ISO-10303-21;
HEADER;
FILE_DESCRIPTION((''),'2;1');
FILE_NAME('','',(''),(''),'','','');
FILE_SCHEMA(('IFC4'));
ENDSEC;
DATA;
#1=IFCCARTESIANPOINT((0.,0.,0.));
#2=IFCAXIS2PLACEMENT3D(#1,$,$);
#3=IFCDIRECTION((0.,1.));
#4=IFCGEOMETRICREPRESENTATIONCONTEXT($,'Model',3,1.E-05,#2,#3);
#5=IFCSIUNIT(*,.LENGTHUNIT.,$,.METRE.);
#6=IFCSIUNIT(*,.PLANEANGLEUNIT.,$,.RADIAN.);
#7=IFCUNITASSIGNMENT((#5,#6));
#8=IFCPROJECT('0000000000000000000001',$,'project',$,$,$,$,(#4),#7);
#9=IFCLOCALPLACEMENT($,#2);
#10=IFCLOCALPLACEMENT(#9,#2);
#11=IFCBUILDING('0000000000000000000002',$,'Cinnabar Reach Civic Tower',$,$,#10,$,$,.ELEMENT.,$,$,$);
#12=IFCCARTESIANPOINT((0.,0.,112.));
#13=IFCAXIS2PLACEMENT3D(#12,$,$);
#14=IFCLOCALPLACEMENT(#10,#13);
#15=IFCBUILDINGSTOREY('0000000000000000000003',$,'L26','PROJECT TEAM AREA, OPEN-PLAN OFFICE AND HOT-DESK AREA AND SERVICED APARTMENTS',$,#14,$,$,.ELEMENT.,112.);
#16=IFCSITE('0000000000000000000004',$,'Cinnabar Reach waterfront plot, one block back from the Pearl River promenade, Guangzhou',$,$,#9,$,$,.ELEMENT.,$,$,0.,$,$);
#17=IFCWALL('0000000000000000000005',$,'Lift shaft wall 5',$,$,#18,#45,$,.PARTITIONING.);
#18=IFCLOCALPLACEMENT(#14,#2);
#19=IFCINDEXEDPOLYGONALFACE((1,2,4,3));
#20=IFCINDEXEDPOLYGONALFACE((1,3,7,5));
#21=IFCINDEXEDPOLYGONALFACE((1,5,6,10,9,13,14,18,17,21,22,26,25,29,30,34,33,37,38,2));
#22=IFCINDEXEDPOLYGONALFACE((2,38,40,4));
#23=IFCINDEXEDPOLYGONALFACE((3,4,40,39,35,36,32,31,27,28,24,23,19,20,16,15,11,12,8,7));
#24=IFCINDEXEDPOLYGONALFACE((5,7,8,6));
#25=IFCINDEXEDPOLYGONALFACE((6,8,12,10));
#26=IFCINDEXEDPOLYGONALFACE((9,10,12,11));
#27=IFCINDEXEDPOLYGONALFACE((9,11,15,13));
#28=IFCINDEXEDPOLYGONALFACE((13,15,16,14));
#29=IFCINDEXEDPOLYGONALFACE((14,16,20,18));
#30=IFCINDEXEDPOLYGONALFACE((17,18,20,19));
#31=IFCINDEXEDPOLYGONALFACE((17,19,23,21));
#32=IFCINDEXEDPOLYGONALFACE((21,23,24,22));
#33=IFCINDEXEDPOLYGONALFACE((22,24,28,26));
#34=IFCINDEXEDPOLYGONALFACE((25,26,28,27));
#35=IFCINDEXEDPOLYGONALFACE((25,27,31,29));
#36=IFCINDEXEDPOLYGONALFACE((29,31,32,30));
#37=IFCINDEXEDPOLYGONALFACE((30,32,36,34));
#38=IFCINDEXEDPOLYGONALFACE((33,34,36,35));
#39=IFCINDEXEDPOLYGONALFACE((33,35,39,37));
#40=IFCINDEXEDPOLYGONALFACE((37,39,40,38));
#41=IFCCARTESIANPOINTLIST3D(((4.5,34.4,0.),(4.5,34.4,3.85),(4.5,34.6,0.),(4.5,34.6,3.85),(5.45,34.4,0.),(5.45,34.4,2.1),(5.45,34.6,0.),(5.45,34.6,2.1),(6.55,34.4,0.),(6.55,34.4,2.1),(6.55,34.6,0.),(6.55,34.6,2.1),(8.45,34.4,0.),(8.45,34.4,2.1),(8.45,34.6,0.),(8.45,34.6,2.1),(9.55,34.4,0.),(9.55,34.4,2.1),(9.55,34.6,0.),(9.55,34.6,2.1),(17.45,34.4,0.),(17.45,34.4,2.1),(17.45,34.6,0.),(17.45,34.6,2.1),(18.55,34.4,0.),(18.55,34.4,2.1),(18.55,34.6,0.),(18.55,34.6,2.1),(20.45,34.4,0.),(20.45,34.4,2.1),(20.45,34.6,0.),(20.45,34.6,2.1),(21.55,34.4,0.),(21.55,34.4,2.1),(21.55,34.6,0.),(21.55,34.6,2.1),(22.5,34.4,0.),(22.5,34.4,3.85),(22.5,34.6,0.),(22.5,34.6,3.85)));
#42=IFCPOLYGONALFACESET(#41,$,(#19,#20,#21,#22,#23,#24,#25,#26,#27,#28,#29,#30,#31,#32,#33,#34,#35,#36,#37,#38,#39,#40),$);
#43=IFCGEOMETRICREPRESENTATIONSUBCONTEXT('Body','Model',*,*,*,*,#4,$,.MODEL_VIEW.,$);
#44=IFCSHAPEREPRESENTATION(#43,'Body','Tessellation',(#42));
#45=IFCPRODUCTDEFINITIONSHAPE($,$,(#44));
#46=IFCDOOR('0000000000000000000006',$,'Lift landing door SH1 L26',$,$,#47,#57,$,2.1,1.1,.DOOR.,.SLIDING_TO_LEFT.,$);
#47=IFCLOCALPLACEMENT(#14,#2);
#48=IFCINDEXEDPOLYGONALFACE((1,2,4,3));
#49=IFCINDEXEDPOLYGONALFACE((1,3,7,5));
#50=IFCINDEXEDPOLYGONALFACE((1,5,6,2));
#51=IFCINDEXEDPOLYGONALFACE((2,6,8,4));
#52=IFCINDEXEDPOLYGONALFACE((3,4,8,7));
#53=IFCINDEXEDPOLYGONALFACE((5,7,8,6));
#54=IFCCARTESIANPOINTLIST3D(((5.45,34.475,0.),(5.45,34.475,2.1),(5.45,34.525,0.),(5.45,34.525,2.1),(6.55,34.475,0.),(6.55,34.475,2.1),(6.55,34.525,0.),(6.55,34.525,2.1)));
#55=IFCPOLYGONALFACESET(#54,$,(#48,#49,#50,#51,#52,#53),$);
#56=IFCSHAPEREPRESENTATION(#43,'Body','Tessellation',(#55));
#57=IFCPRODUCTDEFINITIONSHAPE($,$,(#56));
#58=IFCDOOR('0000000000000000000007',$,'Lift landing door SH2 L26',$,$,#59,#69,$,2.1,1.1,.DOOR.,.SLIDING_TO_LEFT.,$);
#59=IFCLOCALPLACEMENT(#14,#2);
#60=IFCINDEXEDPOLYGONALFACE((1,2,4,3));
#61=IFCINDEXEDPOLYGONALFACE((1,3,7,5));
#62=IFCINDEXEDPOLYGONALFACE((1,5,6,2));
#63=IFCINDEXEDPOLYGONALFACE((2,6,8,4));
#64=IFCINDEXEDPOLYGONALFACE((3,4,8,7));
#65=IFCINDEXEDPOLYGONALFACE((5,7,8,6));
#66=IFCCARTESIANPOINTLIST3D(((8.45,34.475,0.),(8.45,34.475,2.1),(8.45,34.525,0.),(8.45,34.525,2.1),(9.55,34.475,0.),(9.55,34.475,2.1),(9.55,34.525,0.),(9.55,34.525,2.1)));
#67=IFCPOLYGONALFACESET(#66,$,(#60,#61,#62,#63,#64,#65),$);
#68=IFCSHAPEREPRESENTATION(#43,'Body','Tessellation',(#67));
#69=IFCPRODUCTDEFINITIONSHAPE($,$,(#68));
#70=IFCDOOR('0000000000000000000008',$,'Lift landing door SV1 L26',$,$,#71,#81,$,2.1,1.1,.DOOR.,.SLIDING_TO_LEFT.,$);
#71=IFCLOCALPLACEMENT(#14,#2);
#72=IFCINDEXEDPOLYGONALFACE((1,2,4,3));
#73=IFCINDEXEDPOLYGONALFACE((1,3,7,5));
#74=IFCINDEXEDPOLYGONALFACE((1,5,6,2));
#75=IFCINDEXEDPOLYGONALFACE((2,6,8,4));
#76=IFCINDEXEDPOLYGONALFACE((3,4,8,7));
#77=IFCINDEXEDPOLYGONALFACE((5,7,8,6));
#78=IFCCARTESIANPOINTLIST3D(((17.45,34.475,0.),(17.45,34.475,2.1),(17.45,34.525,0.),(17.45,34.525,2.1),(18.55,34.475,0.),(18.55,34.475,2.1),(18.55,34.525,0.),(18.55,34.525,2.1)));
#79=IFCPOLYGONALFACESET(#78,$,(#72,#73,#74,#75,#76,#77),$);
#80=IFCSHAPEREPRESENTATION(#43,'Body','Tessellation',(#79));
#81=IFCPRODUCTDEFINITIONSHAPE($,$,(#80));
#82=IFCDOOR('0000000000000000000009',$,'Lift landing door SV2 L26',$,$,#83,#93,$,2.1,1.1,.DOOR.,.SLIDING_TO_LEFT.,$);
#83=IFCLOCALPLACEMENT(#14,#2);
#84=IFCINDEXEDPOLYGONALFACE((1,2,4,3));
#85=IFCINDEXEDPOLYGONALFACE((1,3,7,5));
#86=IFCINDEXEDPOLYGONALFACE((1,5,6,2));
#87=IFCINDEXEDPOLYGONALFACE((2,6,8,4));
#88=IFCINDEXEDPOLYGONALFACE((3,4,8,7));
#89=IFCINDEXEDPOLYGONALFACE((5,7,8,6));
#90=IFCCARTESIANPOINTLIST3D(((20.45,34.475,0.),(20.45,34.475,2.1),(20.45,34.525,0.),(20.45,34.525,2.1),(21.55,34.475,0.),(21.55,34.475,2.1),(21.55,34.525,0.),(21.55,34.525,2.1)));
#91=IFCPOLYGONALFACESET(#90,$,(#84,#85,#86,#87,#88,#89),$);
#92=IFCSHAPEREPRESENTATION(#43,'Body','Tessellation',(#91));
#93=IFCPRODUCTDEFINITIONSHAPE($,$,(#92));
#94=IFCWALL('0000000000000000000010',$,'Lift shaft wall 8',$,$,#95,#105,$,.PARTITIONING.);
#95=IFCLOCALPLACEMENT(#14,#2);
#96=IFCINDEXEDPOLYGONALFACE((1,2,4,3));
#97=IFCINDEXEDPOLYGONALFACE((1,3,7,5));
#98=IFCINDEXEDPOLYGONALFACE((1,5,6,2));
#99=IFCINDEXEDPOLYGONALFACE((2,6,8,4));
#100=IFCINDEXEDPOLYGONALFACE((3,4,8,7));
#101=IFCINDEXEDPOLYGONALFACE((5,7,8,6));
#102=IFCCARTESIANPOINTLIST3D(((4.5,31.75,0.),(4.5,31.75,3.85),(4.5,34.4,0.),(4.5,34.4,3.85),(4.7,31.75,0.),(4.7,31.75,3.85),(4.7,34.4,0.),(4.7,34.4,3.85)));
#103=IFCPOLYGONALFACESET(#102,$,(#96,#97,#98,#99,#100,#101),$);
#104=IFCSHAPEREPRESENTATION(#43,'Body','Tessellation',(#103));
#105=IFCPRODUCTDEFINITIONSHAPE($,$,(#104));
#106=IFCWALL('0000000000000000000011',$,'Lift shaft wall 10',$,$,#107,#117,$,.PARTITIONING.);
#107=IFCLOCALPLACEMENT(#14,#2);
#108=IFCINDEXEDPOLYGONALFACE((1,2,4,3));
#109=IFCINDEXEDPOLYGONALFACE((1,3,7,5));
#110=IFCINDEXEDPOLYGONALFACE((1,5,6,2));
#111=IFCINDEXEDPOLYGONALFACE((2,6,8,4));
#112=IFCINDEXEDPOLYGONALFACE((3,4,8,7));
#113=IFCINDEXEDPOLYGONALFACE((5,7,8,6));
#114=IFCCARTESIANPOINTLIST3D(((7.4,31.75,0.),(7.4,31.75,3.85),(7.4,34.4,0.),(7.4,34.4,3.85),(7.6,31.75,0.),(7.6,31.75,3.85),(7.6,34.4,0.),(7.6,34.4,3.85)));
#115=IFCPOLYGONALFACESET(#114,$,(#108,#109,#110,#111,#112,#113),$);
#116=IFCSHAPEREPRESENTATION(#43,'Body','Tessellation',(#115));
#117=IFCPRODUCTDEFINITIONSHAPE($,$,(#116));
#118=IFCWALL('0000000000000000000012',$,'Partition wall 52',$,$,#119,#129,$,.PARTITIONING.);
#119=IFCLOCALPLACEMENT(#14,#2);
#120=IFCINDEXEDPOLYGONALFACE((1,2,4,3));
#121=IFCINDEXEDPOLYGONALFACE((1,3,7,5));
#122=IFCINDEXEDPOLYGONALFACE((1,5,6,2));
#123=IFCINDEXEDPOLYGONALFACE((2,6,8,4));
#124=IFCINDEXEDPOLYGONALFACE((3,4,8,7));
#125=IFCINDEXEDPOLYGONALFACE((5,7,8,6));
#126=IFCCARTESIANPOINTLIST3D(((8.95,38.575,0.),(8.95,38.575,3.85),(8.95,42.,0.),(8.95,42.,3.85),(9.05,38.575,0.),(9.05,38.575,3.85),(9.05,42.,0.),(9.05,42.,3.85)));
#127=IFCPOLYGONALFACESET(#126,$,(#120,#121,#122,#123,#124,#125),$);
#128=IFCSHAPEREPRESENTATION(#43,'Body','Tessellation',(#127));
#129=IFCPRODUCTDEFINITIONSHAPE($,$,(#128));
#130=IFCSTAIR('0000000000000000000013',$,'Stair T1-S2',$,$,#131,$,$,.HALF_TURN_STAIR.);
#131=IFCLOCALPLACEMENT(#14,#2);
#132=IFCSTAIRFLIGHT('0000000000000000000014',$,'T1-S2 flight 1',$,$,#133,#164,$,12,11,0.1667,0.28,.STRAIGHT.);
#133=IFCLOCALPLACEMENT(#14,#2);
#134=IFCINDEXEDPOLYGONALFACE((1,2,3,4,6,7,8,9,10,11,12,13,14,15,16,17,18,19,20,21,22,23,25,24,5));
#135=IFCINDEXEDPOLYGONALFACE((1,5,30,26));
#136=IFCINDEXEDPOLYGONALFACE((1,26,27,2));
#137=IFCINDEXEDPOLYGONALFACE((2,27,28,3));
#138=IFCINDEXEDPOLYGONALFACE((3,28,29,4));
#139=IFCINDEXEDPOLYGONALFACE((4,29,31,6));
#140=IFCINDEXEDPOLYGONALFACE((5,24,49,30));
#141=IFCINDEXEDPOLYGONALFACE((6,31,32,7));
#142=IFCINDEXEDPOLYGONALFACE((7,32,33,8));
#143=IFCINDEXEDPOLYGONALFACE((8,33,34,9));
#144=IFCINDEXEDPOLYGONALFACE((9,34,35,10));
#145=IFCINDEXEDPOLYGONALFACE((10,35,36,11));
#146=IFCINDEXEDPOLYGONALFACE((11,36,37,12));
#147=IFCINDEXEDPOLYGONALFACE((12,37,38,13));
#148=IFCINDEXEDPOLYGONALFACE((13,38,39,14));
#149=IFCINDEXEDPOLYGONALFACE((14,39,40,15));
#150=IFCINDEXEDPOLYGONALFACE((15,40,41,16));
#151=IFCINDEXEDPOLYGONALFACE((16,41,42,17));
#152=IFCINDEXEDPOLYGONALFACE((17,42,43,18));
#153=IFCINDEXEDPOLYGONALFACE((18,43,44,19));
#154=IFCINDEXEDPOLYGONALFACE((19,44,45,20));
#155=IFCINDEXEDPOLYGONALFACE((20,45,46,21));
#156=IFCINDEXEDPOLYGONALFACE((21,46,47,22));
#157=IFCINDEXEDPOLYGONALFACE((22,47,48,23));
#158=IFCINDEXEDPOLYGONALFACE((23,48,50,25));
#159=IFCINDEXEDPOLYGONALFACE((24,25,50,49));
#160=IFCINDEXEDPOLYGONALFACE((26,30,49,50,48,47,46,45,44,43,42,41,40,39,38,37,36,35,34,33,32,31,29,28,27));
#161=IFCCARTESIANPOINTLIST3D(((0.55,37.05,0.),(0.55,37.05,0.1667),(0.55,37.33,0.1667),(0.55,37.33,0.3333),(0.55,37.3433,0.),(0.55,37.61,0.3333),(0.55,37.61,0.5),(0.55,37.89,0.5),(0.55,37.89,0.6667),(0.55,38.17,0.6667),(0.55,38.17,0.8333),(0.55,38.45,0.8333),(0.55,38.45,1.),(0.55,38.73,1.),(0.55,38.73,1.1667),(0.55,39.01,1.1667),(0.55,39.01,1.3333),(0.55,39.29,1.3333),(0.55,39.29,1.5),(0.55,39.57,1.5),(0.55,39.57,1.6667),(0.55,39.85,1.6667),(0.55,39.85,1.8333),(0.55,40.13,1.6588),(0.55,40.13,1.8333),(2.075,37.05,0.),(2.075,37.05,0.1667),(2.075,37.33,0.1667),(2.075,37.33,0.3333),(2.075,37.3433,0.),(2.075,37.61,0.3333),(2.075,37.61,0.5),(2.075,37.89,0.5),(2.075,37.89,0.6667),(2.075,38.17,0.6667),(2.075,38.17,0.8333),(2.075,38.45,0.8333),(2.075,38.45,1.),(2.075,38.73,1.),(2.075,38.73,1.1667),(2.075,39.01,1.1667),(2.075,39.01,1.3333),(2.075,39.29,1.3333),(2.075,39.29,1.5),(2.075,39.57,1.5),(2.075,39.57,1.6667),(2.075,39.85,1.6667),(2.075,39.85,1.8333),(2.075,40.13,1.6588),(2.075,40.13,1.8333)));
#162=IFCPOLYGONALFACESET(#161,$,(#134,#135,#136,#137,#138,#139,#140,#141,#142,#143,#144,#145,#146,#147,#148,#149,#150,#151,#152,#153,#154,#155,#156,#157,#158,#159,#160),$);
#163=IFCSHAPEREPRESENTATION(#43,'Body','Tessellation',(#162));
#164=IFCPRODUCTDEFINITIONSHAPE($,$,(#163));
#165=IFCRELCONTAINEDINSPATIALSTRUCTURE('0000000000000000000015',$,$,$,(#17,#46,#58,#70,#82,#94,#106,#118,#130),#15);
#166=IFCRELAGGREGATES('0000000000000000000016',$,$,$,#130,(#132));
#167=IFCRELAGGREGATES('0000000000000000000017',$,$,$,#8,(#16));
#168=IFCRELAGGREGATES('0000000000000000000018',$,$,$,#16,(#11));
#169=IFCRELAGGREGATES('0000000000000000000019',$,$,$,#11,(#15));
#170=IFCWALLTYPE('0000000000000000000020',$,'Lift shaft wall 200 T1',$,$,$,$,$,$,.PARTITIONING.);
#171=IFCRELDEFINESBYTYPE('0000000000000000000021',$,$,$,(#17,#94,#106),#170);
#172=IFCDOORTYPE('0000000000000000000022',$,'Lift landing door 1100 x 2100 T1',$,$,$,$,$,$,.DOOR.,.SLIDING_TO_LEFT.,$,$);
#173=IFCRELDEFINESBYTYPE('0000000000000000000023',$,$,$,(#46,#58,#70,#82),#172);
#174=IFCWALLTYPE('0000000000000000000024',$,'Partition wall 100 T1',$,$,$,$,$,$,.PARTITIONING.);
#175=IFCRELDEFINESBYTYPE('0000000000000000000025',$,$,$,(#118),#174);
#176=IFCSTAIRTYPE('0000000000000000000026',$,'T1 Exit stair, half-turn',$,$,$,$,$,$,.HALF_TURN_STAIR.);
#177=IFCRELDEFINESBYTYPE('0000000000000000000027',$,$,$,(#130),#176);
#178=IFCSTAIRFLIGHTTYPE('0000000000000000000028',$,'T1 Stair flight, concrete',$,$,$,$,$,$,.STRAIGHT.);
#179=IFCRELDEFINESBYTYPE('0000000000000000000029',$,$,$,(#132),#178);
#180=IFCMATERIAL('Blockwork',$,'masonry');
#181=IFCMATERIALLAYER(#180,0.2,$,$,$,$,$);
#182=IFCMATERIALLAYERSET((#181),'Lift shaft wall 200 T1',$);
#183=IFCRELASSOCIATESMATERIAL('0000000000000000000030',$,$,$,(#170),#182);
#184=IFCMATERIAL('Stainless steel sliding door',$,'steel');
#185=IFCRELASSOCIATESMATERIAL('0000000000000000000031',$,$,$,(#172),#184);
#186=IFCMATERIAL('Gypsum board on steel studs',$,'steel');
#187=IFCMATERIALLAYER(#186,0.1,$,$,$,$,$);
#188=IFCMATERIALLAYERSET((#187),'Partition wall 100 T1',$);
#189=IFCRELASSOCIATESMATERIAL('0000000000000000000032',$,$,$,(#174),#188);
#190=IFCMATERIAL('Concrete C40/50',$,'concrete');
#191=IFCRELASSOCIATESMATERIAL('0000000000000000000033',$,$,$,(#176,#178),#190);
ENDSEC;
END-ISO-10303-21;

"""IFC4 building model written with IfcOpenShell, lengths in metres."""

from ifc_helpers import new_model, si_unit, direction, frame, frame_2d, origin, place, context, subcontext, project, spatial, polyline, rectangle, outline, extrude, material, layer, layer_set, type_object, element, fill, aggregate, save


model = new_model("IFC4")

# Units and contexts
model_context = context("Model", 3, precision=1e-05, world=origin(), true_north=direction((0.0, 1.0)))
body_context = subcontext(model_context, "Body", "Model", "MODEL_VIEW")
ifc_project = project(units=[si_unit("LENGTHUNIT", "METRE"), si_unit("PLANEANGLEUNIT", "RADIAN")], contexts=[model_context])

# Site, building, storey
site_placement = place(None, origin())
site = spatial("IfcSite", under=ifc_project, at=site_placement, Name="Cinnabar Reach waterfront plot, one block back from the Pearl River promenade, Guangzhou", CompositionType="ELEMENT", RefElevation=0.0)
building_placement = place(site_placement, origin())
building = spatial("IfcBuilding", under=site, at=building_placement, Name="Cinnabar Reach Civic Tower", CompositionType="ELEMENT")
storey_placement = place(building_placement, frame((0.0, 0.0, 112.0)))
storey = spatial("IfcBuildingStorey", under=building, at=storey_placement, Name="L26", Description="PROJECT TEAM AREA, OPEN-PLAN OFFICE AND HOT-DESK AREA AND SERVICED APARTMENTS", CompositionType="ELEMENT", Elevation=112.0)

# Wall, openings, doors
ifc_material_1 = material(Name="Blockwork", Category="masonry")
ifc_layer_1 = layer(ifc_material_1, 0.2)
ifc_layer_set_1 = layer_set([ifc_layer_1], Name="Lift shaft wall 200 T1")
wall_type_1 = type_object("IfcWallType", Name="Lift shaft wall 200 T1", PredefinedType="PARTITIONING", material=ifc_layer_set_1)
wall_1_placement = place(storey_placement, frame((4.5, 34.5, 0.0), z_axis=(0.0, 0.0, 1.0), x_axis=(1.0, 0.0, 0.0)))
wall_1 = element("IfcWall", 1, at=wall_1_placement, inside=storey, type_object=wall_type_1, Name="Lift shaft wall 5", PredefinedType="PARTITIONING", context=body_context, shape_type="SweptSolid", body=[
    extrude(rectangle(XDim=18.0, YDim=0.2, at=frame_2d((9.0, 0.0))), origin(), (0.0, 0.0, 1.0), 3.85),
])
opening_1_placement = place(wall_1_placement, frame((0.95, 0.0, 0.0)))
opening_1 = element("IfcOpeningElement", 2, at=opening_1_placement, cuts=wall_1, PredefinedType="OPENING", context=body_context, shape_type="SweptSolid", body=[
    extrude(rectangle(XDim=1.1, YDim=2.1, at=frame_2d((0.55, 1.05))), frame((0.0, 0.11, 0.0), z_axis=(0.0, -1.0, 0.0), x_axis=(1.0, 0.0, 0.0)), (0.0, 0.0, 1.0), 0.22),
])
opening_2_placement = place(wall_1_placement, frame((3.95, 0.0, 0.0)))
opening_2 = element("IfcOpeningElement", 3, at=opening_2_placement, cuts=wall_1, PredefinedType="OPENING", context=body_context, shape_type="SweptSolid", body=[
    extrude(rectangle(XDim=1.1, YDim=2.1, at=frame_2d((0.55, 1.05))), frame((0.0, 0.11, 0.0), z_axis=(0.0, -1.0, 0.0), x_axis=(1.0, 0.0, 0.0)), (0.0, 0.0, 1.0), 0.22),
])
opening_3_placement = place(wall_1_placement, frame((12.95, 0.0, 0.0)))
opening_3 = element("IfcOpeningElement", 4, at=opening_3_placement, cuts=wall_1, PredefinedType="OPENING", context=body_context, shape_type="SweptSolid", body=[
    extrude(rectangle(XDim=1.1, YDim=2.1, at=frame_2d((0.55, 1.05))), frame((0.0, 0.11, 0.0), z_axis=(0.0, -1.0, 0.0), x_axis=(1.0, 0.0, 0.0)), (0.0, 0.0, 1.0), 0.22),
])
opening_4_placement = place(wall_1_placement, frame((15.95, 0.0, 0.0)))
opening_4 = element("IfcOpeningElement", 5, at=opening_4_placement, cuts=wall_1, PredefinedType="OPENING", context=body_context, shape_type="SweptSolid", body=[
    extrude(rectangle(XDim=1.1, YDim=2.1, at=frame_2d((0.55, 1.05))), frame((0.0, 0.11, 0.0), z_axis=(0.0, -1.0, 0.0), x_axis=(1.0, 0.0, 0.0)), (0.0, 0.0, 1.0), 0.22),
])
ifc_material_2 = material(Name="Stainless steel sliding door", Category="steel")
door_type_1 = type_object("IfcDoorType", Name="Lift landing door 1100 x 2100 T1", OperationType="SLIDING_TO_LEFT", PredefinedType="DOOR", material=ifc_material_2)
door_1_placement = place(opening_1_placement, origin())
door_1 = element("IfcDoor", 6, at=door_1_placement, inside=storey, type_object=door_type_1, Name="Lift landing door SH1 L26", OperationType="SLIDING_TO_LEFT", OverallHeight=2.1, OverallWidth=1.1, PredefinedType="DOOR", context=body_context, shape_type="SweptSolid", body=[
    extrude(rectangle(XDim=1.1, YDim=2.1, at=frame_2d((0.55, 1.05))), frame((0.0, 0.025, 0.0), z_axis=(0.0, -1.0, 0.0), x_axis=(1.0, 0.0, 0.0)), (0.0, 0.0, 1.0), 0.05),
])
fill(opening_1, door_1)
door_2_placement = place(opening_2_placement, origin())
door_2 = element("IfcDoor", 7, at=door_2_placement, inside=storey, type_object=door_type_1, Name="Lift landing door SH2 L26", OperationType="SLIDING_TO_LEFT", OverallHeight=2.1, OverallWidth=1.1, PredefinedType="DOOR", context=body_context, shape_type="SweptSolid", body=[
    extrude(rectangle(XDim=1.1, YDim=2.1, at=frame_2d((0.55, 1.05))), frame((0.0, 0.025, 0.0), z_axis=(0.0, -1.0, 0.0), x_axis=(1.0, 0.0, 0.0)), (0.0, 0.0, 1.0), 0.05),
])
fill(opening_2, door_2)
door_3_placement = place(opening_3_placement, origin())
door_3 = element("IfcDoor", 8, at=door_3_placement, inside=storey, type_object=door_type_1, Name="Lift landing door SV1 L26", OperationType="SLIDING_TO_LEFT", OverallHeight=2.1, OverallWidth=1.1, PredefinedType="DOOR", context=body_context, shape_type="SweptSolid", body=[
    extrude(rectangle(XDim=1.1, YDim=2.1, at=frame_2d((0.55, 1.05))), frame((0.0, 0.025, 0.0), z_axis=(0.0, -1.0, 0.0), x_axis=(1.0, 0.0, 0.0)), (0.0, 0.0, 1.0), 0.05),
])
fill(opening_3, door_3)
door_4_placement = place(opening_4_placement, origin())
door_4 = element("IfcDoor", 9, at=door_4_placement, inside=storey, type_object=door_type_1, Name="Lift landing door SV2 L26", OperationType="SLIDING_TO_LEFT", OverallHeight=2.1, OverallWidth=1.1, PredefinedType="DOOR", context=body_context, shape_type="SweptSolid", body=[
    extrude(rectangle(XDim=1.1, YDim=2.1, at=frame_2d((0.55, 1.05))), frame((0.0, 0.025, 0.0), z_axis=(0.0, -1.0, 0.0), x_axis=(1.0, 0.0, 0.0)), (0.0, 0.0, 1.0), 0.05),
])
fill(opening_4, door_4)

# Walls
for number, where, z_axis, x_axis, name in (
    (10, (4.6, 31.75, 0.0), (0.0, 0.0, 1.0), (0.0, 1.0, 0.0), "Lift shaft wall 8"),
    (11, (7.5, 31.75, 0.0), (0.0, 0.0, 1.0), (0.0, 1.0, 0.0), "Lift shaft wall 10"),
):
    element("IfcWall", number, at=place(storey_placement, frame(where, z_axis=z_axis, x_axis=x_axis)), inside=storey, type_object=wall_type_1, Name=name, PredefinedType="PARTITIONING", context=body_context, shape_type="SweptSolid", body=[
        extrude(rectangle(XDim=2.65, YDim=0.2, at=frame_2d((1.325, 0.0))), origin(), (0.0, 0.0, 1.0), 3.85),
    ])
ifc_material_3 = material(Name="Gypsum board on steel studs", Category="steel")
ifc_layer_2 = layer(ifc_material_3, 0.1)
ifc_layer_set_2 = layer_set([ifc_layer_2], Name="Partition wall 100 T1")
wall_type_2 = type_object("IfcWallType", Name="Partition wall 100 T1", PredefinedType="PARTITIONING", material=ifc_layer_set_2)
wall_2_placement = place(storey_placement, frame((9.0, 38.575, 0.0), z_axis=(0.0, 0.0, 1.0), x_axis=(0.0, 1.0, 0.0)))
element("IfcWall", 12, at=wall_2_placement, inside=storey, type_object=wall_type_2, Name="Partition wall 52", PredefinedType="PARTITIONING", context=body_context, shape_type="SweptSolid", body=[
    extrude(rectangle(XDim=3.425, YDim=0.1, at=frame_2d((1.7125, 0.0))), origin(), (0.0, 0.0, 1.0), 3.85),
])

# Stair, stair flight
ifc_material_4 = material(Name="Concrete C40/50", Category="concrete")
stair_type = type_object("IfcStairType", Name="T1 Exit stair, half-turn", PredefinedType="HALF_TURN_STAIR", material=ifc_material_4)
stair_placement = place(storey_placement, origin())
stair = element("IfcStair", 13, at=stair_placement, inside=storey, type_object=stair_type, Name="Stair T1-S2", PredefinedType="HALF_TURN_STAIR")
stair_flight_type = type_object("IfcStairFlightType", Name="T1 Stair flight, concrete", PredefinedType="STRAIGHT", material=ifc_material_4)
stair_flight_1_placement = place(storey_placement, frame((1.3125, 37.05, 0.0), z_axis=(0.0, 0.0, 1.0), x_axis=(0.0, 1.0, 0.0)))
stair_flight_1 = element("IfcStairFlight", 14, at=stair_flight_1_placement, type_object=stair_flight_type, Name="T1-S2 flight 1", NumberOfRisers=12, NumberOfTreads=11, PredefinedType="STRAIGHT", RiserHeight=0.1667, TreadLength=0.28, context=body_context, shape_type="SweptSolid", body=[
    extrude(outline(polyline([(0.0, 0.0), (0.0, 0.1667), (0.28, 0.1667), (0.28, 0.3333), (0.56, 0.3333), (0.56, 0.5), (0.84, 0.5), (0.84, 0.6667), (1.12, 0.6667), (1.12, 0.8333), (1.4, 0.8333), (1.4, 1.0), (1.68, 1.0), (1.68, 1.1667), (1.96, 1.1667), (1.96, 1.3333), (2.24, 1.3333), (2.24, 1.5), (2.52, 1.5), (2.52, 1.6667), (2.8, 1.6667), (2.8, 1.8333), (3.08, 1.8333), (3.08, 2.0), (3.08, 1.6588), (0.2933, 0.0), (0.0, 0.0)])), frame((0.0, 0.7625, 0.0), z_axis=(0.0, -1.0, 0.0), x_axis=(1.0, 0.0, 0.0)), (0.0, 0.0, 1.0), 1.525),
])
aggregate(stair, [stair_flight_1])

save(model, "model.ifc")
